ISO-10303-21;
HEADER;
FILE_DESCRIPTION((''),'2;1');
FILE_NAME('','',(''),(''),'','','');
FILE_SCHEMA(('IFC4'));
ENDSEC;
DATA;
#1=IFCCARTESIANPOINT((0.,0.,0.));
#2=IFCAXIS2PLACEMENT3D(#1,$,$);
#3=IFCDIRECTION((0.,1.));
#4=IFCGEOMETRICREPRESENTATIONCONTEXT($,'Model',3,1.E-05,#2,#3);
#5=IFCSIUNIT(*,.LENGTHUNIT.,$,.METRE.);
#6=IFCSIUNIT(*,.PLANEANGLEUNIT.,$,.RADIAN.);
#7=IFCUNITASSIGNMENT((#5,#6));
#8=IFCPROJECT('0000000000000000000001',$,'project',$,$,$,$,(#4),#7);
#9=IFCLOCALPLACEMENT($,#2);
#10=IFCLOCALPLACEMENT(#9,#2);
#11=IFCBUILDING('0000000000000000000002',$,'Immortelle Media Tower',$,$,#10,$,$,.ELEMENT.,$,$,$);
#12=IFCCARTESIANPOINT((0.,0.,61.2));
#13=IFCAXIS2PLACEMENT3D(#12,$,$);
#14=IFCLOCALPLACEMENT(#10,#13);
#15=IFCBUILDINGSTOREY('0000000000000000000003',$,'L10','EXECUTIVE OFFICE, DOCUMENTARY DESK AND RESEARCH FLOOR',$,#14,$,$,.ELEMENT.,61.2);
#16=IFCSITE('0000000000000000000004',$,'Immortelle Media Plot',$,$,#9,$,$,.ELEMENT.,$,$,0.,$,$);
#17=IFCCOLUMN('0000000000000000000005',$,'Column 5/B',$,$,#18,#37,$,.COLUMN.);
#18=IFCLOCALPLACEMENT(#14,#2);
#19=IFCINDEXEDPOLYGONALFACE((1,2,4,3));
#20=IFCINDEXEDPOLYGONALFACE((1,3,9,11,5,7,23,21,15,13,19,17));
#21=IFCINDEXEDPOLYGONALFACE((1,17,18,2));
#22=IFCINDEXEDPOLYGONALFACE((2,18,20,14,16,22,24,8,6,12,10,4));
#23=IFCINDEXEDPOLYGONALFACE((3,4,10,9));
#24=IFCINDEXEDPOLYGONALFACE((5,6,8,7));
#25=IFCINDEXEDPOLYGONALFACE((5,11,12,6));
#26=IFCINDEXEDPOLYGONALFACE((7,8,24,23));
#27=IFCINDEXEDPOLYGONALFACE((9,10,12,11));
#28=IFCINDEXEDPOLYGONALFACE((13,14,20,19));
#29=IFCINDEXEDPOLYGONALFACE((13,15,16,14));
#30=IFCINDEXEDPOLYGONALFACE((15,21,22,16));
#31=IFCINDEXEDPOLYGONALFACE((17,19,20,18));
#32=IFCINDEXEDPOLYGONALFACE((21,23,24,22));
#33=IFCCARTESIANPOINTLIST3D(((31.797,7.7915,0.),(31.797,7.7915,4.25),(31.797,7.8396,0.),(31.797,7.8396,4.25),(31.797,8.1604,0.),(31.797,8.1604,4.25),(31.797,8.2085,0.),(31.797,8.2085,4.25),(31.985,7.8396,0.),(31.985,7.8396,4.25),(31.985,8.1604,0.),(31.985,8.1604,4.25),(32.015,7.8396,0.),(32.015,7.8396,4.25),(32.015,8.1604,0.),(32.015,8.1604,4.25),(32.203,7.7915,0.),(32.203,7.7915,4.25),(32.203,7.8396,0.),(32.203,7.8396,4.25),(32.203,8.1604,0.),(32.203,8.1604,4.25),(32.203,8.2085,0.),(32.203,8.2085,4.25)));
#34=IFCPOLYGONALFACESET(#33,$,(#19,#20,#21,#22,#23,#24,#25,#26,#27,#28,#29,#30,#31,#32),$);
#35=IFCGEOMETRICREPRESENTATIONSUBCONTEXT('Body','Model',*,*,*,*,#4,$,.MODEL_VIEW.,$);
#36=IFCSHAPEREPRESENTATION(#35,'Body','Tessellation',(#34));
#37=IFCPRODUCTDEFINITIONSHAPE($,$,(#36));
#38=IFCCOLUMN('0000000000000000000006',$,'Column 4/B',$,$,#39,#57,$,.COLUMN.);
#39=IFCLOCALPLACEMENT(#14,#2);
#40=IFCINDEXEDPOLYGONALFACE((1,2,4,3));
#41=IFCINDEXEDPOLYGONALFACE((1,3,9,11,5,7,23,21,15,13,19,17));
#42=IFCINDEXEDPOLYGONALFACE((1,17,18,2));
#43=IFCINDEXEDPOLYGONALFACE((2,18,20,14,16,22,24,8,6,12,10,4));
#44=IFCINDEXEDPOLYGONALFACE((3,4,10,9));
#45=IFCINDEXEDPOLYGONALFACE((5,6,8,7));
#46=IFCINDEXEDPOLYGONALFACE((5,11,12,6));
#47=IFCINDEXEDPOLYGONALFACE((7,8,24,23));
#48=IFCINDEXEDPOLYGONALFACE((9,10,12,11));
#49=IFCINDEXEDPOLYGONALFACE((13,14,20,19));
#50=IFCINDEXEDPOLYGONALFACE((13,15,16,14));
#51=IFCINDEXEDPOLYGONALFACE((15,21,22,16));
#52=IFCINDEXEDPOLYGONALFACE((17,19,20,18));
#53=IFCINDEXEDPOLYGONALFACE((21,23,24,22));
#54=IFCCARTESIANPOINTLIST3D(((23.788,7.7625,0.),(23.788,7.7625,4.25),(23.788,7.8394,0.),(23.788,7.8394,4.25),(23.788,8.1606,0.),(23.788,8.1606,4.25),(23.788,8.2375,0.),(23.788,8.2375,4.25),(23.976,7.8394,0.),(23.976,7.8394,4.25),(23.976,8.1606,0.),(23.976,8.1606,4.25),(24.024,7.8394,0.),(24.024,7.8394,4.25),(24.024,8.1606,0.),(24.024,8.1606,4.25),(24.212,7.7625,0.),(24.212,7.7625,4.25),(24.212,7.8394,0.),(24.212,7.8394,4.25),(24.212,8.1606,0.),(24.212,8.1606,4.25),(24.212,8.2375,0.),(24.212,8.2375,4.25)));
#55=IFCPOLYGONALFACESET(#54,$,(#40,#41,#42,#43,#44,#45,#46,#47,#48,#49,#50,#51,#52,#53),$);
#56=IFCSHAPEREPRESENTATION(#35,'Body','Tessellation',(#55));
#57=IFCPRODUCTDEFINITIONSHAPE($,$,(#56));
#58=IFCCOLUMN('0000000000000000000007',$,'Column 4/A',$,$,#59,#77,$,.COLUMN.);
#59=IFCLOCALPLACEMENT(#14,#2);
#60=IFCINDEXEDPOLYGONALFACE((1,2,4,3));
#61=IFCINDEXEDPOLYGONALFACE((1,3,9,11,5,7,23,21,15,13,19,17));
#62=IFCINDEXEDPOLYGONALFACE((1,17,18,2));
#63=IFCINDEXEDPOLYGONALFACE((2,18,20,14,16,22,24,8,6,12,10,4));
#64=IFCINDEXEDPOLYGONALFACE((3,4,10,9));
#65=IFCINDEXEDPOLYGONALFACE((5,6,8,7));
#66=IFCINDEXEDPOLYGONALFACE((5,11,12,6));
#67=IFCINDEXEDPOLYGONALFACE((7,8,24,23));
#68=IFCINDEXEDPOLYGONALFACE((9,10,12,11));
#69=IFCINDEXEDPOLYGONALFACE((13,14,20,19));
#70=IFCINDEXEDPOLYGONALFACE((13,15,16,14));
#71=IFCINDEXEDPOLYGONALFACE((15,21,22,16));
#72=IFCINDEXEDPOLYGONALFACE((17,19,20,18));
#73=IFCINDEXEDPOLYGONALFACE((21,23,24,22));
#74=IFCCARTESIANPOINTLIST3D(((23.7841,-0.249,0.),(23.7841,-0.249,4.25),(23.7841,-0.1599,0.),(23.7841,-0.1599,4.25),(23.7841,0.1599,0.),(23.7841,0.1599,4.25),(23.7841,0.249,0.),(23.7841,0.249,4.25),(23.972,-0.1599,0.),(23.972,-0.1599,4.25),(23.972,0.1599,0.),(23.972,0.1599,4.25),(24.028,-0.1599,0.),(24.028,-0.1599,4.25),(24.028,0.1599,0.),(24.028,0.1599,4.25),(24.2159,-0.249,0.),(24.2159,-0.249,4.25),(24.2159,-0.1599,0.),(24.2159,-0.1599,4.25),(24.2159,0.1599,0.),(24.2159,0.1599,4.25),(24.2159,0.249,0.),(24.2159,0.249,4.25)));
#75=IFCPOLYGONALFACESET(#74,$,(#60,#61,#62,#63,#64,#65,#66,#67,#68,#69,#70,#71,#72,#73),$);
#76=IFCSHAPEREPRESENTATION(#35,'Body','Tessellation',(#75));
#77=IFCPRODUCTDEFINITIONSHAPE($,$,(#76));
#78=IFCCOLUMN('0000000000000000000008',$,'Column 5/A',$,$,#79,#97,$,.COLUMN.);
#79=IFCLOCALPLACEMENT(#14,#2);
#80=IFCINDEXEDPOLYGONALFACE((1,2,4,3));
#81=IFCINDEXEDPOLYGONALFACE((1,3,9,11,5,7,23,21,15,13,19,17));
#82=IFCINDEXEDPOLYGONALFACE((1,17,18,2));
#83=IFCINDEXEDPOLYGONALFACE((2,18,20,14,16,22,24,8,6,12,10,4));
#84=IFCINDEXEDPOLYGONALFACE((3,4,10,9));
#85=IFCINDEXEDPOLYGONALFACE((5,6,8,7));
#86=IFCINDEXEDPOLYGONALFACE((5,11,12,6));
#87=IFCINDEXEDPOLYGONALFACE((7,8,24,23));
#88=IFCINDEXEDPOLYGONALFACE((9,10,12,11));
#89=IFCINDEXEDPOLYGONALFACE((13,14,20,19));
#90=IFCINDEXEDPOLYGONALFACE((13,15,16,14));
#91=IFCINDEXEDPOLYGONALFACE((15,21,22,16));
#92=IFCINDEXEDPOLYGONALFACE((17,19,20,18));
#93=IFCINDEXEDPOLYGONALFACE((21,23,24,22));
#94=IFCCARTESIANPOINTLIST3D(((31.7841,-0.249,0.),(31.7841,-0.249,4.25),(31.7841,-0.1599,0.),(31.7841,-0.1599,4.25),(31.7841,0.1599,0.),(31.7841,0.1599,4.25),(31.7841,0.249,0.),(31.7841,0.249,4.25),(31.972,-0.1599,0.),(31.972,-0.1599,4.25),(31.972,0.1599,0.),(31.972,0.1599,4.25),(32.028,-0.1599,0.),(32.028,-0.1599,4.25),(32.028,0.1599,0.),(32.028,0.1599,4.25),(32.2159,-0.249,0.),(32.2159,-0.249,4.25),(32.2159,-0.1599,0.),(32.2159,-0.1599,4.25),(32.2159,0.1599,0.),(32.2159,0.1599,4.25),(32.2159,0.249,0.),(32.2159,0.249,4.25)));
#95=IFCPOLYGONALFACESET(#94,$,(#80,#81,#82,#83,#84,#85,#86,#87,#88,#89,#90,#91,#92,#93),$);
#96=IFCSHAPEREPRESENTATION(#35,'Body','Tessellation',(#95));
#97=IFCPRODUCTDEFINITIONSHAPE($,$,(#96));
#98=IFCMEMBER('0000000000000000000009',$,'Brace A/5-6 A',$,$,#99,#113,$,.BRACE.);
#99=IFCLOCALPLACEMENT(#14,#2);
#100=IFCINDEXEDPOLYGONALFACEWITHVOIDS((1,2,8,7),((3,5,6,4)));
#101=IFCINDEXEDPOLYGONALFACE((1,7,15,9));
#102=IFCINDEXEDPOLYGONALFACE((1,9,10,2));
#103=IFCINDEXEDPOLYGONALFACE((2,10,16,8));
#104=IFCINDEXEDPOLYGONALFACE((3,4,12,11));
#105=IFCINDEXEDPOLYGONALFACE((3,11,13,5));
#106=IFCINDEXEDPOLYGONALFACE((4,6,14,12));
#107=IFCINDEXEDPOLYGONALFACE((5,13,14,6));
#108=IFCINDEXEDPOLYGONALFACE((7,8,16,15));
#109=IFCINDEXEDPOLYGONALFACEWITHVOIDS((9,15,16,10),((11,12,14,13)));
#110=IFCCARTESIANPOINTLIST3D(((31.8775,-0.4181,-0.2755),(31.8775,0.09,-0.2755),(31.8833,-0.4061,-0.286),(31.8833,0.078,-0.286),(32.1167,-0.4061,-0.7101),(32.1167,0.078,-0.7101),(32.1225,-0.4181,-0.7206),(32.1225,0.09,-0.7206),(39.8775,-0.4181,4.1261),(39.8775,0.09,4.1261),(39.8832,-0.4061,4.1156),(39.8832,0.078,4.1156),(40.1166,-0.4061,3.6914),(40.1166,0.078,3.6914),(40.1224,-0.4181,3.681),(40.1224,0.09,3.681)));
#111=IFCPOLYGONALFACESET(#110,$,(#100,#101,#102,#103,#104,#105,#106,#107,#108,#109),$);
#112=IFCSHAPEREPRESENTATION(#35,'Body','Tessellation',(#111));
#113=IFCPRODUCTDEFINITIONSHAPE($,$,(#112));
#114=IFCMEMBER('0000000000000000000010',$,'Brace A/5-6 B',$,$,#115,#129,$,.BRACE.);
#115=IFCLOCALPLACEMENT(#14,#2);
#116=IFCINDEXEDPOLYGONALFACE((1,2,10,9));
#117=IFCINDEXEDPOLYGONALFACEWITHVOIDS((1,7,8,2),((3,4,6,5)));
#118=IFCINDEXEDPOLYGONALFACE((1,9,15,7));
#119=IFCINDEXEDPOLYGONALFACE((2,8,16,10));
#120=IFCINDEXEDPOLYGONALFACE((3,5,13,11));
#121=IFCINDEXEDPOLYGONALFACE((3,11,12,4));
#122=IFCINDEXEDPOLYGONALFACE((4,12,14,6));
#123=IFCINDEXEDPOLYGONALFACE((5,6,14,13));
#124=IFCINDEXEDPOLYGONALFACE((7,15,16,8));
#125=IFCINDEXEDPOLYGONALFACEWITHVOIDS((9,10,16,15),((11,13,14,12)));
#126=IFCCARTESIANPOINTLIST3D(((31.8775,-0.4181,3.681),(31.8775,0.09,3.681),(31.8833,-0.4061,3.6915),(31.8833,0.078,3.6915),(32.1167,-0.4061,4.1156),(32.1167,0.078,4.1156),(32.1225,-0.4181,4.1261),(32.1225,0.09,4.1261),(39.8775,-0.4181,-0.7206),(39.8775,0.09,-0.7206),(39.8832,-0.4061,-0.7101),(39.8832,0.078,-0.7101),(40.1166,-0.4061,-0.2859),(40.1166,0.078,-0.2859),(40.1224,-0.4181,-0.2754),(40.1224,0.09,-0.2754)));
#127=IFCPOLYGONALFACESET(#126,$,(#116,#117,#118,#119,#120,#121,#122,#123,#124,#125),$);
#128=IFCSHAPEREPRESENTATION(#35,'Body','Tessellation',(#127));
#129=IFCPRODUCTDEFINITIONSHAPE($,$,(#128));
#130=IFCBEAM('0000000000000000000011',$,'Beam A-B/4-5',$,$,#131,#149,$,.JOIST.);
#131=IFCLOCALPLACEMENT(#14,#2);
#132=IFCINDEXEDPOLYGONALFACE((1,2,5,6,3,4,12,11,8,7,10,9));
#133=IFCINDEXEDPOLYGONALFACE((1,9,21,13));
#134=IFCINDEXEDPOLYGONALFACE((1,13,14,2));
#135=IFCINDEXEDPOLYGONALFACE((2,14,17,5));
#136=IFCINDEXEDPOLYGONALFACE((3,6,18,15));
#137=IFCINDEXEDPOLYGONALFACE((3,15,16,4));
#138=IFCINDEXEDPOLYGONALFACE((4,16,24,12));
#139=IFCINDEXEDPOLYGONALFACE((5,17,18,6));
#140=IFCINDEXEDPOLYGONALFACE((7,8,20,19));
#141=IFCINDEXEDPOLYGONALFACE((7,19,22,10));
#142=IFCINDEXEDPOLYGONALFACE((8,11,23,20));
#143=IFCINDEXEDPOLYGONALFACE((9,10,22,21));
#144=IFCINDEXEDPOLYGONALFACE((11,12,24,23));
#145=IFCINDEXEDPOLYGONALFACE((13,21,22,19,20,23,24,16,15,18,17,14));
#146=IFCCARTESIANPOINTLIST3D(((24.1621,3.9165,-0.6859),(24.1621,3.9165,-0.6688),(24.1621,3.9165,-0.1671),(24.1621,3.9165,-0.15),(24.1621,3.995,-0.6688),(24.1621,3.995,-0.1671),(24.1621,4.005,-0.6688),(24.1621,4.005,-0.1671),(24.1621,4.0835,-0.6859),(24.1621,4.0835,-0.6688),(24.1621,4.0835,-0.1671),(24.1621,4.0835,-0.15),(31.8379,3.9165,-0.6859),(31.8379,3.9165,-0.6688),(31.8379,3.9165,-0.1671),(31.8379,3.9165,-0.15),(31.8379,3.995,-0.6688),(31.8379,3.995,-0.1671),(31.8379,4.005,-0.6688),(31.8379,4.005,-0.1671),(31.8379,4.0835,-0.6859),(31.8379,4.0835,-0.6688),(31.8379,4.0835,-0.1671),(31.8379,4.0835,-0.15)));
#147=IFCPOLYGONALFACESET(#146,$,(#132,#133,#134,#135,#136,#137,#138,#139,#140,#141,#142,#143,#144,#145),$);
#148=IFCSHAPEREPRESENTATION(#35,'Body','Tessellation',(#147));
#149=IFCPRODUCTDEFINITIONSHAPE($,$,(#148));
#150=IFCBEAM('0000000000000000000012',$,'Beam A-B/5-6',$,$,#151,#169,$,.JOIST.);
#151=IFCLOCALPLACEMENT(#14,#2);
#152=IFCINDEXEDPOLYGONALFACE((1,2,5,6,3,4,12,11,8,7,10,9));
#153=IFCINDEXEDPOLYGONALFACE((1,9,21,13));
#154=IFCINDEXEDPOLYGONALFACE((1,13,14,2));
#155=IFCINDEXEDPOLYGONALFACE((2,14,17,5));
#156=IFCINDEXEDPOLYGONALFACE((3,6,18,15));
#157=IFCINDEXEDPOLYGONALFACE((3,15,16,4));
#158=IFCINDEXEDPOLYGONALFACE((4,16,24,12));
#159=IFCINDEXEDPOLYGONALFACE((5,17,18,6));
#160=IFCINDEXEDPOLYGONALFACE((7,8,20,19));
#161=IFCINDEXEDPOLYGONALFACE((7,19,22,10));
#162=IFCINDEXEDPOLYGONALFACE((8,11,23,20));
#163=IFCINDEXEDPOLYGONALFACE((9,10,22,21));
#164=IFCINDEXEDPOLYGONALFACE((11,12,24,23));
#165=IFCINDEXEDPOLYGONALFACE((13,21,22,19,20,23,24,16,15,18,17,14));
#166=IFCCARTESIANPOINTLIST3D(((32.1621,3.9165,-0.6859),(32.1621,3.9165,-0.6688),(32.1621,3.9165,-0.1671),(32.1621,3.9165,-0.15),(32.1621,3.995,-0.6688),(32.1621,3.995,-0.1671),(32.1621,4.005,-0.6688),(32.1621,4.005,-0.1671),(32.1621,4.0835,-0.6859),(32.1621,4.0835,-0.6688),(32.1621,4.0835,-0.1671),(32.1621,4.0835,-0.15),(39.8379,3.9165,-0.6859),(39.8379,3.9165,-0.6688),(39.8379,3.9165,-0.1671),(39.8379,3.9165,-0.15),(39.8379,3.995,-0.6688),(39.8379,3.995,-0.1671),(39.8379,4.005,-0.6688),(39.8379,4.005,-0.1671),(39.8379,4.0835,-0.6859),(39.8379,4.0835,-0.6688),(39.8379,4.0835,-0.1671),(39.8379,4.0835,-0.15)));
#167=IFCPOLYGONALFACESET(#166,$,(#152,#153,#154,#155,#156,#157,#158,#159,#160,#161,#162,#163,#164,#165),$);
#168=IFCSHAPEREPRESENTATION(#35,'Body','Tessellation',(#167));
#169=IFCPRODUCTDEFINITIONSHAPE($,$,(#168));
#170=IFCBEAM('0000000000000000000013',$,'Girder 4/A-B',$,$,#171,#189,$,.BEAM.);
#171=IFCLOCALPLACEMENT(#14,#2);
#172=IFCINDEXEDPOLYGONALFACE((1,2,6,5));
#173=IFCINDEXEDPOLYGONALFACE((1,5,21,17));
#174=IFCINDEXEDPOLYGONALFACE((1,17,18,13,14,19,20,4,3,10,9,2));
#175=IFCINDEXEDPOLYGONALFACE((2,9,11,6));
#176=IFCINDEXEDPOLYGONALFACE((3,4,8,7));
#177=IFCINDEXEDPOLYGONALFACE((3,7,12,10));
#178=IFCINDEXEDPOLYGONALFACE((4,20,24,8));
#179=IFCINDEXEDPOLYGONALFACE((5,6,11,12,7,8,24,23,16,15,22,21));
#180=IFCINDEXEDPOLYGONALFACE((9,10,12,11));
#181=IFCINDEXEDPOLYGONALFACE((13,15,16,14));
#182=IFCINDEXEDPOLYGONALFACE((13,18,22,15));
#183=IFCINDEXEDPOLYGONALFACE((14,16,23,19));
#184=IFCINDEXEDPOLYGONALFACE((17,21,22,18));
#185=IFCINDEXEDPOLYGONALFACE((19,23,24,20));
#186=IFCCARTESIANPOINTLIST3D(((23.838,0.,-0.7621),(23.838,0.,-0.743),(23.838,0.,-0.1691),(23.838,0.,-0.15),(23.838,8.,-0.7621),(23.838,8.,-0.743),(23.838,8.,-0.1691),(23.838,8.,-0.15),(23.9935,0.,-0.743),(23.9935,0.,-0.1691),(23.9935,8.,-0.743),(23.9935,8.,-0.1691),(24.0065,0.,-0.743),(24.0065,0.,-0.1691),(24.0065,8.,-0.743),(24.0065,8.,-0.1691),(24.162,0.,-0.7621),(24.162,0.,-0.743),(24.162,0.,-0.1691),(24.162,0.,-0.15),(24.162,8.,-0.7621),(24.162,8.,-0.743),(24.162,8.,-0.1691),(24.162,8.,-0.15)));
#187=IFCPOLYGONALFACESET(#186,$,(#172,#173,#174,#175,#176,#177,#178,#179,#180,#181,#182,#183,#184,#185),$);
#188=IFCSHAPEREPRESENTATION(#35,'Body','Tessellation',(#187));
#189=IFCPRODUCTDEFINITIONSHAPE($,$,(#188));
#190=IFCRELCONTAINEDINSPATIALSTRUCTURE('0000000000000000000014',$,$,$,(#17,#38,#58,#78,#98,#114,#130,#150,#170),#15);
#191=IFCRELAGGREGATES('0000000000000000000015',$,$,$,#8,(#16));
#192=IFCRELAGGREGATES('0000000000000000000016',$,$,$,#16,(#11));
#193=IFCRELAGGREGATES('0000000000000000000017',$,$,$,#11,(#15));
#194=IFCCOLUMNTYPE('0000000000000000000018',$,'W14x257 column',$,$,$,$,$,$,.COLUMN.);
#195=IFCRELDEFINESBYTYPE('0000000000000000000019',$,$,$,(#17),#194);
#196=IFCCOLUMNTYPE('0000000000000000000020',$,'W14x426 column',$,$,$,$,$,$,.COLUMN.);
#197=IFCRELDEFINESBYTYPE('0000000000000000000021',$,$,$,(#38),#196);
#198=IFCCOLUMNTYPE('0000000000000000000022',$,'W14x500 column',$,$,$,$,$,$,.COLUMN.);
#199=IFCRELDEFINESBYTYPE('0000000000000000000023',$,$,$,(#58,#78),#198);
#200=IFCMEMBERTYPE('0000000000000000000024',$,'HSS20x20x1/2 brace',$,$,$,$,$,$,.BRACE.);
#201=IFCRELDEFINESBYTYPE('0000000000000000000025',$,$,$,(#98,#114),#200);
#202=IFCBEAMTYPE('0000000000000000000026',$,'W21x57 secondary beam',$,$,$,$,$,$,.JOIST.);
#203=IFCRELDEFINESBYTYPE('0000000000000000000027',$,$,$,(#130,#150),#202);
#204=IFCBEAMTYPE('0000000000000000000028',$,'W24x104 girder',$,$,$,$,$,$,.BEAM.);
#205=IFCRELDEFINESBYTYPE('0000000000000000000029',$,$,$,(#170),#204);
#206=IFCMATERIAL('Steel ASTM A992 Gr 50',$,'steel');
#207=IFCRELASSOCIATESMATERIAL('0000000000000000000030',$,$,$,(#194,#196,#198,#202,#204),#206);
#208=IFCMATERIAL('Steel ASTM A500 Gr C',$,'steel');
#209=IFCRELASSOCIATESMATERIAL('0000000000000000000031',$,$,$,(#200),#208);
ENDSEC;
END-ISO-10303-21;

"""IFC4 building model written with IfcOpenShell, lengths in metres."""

from ifc_helpers import new_model, si_unit, direction, frame, origin, origin_2d, place, context, subcontext, project, spatial, hollow_rectangle, i_section, extrude, material, material_profile, profile_set, type_object, element, save


model = new_model("IFC4")

# Units and contexts
model_context = context("Model", 3, precision=1e-05, world=origin(), true_north=direction((0.0, 1.0)))
body_context = subcontext(model_context, "Body", "Model", "MODEL_VIEW")
ifc_project = project(units=[si_unit("LENGTHUNIT", "METRE"), si_unit("PLANEANGLEUNIT", "RADIAN")], contexts=[model_context])

# Site, building, storey
site_placement = place(None, origin())
site = spatial("IfcSite", under=ifc_project, at=site_placement, Name="Immortelle Media Plot", CompositionType="ELEMENT", RefElevation=0.0)
building_placement = place(site_placement, origin())
building = spatial("IfcBuilding", under=site, at=building_placement, Name="Immortelle Media Tower", CompositionType="ELEMENT")
storey_placement = place(building_placement, frame((0.0, 0.0, 61.2)))
storey = spatial("IfcBuildingStorey", under=building, at=storey_placement, Name="L10", Description="EXECUTIVE OFFICE, DOCUMENTARY DESK AND RESEARCH FLOOR", CompositionType="ELEMENT", Elevation=61.2)

# Columns
ifc_material_1 = material(Name="Steel ASTM A992 Gr 50", Category="steel")
ifc_material_profile_1 = material_profile(ifc_material_1, i_section(OverallWidth=0.406, OverallDepth=0.417, WebThickness=0.03, FlangeThickness=0.0481, at=origin_2d()), Name="W14x257")
ifc_profile_set_1 = profile_set([ifc_material_profile_1], Name="Steel ASTM A992 Gr 50")
column_type_1 = type_object("IfcColumnType", Name="W14x257 column", PredefinedType="COLUMN", material=ifc_profile_set_1)
column_1_placement = place(storey_placement, frame((32.0, 8.0, 0.0), z_axis=(0.0, 0.0, 1.0), x_axis=(1.0, 0.0, 0.0)))
element("IfcColumn", 1, at=column_1_placement, inside=storey, type_object=column_type_1, Name="Column 5/B", PredefinedType="COLUMN", context=body_context, shape_type="SweptSolid", body=[
    extrude(i_section(OverallWidth=0.406, OverallDepth=0.417, WebThickness=0.03, FlangeThickness=0.0481, at=origin_2d()), origin(), (0.0, 0.0, 1.0), 4.25),
])
ifc_material_profile_2 = material_profile(ifc_material_1, i_section(OverallWidth=0.4241, OverallDepth=0.4751, WebThickness=0.0481, FlangeThickness=0.0769, at=origin_2d()), Name="W14x426")
ifc_profile_set_2 = profile_set([ifc_material_profile_2], Name="Steel ASTM A992 Gr 50")
column_type_2 = type_object("IfcColumnType", Name="W14x426 column", PredefinedType="COLUMN", material=ifc_profile_set_2)
column_2_placement = place(storey_placement, frame((24.0, 8.0, 0.0), z_axis=(0.0, 0.0, 1.0), x_axis=(1.0, 0.0, 0.0)))
element("IfcColumn", 2, at=column_2_placement, inside=storey, type_object=column_type_2, Name="Column 4/B", PredefinedType="COLUMN", context=body_context, shape_type="SweptSolid", body=[
    extrude(i_section(OverallWidth=0.4241, OverallDepth=0.4751, WebThickness=0.0481, FlangeThickness=0.0769, at=origin_2d()), origin(), (0.0, 0.0, 1.0), 4.25),
])
ifc_material_profile_3 = material_profile(ifc_material_1, i_section(OverallWidth=0.4319, OverallDepth=0.498, WebThickness=0.0559, FlangeThickness=0.0891, at=origin_2d()), Name="W14x500")
ifc_profile_set_3 = profile_set([ifc_material_profile_3], Name="Steel ASTM A992 Gr 50")
column_type_3 = type_object("IfcColumnType", Name="W14x500 column", PredefinedType="COLUMN", material=ifc_profile_set_3)
for number, where, z_axis, x_axis, name in (
    (3, (24.0, 0.0, 0.0), (0.0, 0.0, 1.0), (1.0, 0.0, 0.0), "Column 4/A"),
    (4, (32.0, 0.0, 0.0), (0.0, 0.0, 1.0), (1.0, 0.0, 0.0), "Column 5/A"),
):
    element("IfcColumn", number, at=place(storey_placement, frame(where, z_axis=z_axis, x_axis=x_axis)), inside=storey, type_object=column_type_3, Name=name, PredefinedType="COLUMN", context=body_context, shape_type="SweptSolid", body=[
        extrude(i_section(OverallWidth=0.4319, OverallDepth=0.498, WebThickness=0.0559, FlangeThickness=0.0891, at=origin_2d()), origin(), (0.0, 0.0, 1.0), 4.25),
    ])

# Members
ifc_material_2 = material(Name="Steel ASTM A500 Gr C", Category="steel")
ifc_material_profile_4 = material_profile(ifc_material_2, hollow_rectangle(XDim=0.5081, YDim=0.5081, WallThickness=0.012, at=origin_2d()), Name="HSS20x20x1/2 brace")
ifc_profile_set_4 = profile_set([ifc_material_profile_4], Name="Steel ASTM A500 Gr C")
member_type = type_object("IfcMemberType", Name="HSS20x20x1/2 brace", PredefinedType="BRACE", material=ifc_profile_set_4)
for number, where, z_axis, x_axis, name in (
    (5, (32.0, -0.1641, -0.498), (0.876141, 0.0, 0.482054), (0.0, 1.0, 0.0), "Brace A/5-6 A"),
    (6, (32.0, -0.1641, 3.9036), (0.876141, 0.0, -0.482054), (0.0, 1.0, 0.0), "Brace A/5-6 B"),
):
    element("IfcMember", number, at=place(storey_placement, frame(where, z_axis=z_axis, x_axis=x_axis)), inside=storey, type_object=member_type, Name=name, PredefinedType="BRACE", context=body_context, shape_type="SweptSolid", body=[
        extrude(hollow_rectangle(XDim=0.5081, YDim=0.5081, WallThickness=0.012, at=origin_2d()), origin(), (0.0, 0.0, 1.0), 9.1309),
    ])

# Beams
ifc_material_profile_5 = material_profile(ifc_material_1, i_section(OverallWidth=0.167, OverallDepth=0.5359, WebThickness=0.01, FlangeThickness=0.0171, at=origin_2d()), Name="W21x57")
ifc_profile_set_5 = profile_set([ifc_material_profile_5], Name="Steel ASTM A992 Gr 50")
beam_type_1 = type_object("IfcBeamType", Name="W21x57 secondary beam", PredefinedType="JOIST", material=ifc_profile_set_5)
for number, where, z_axis, x_axis, name in (
    (7, (24.1621, 4.0, -0.418), (1.0, 0.0, 0.0), (0.0, 1.0, 0.0), "Beam A-B/4-5"),
    (8, (32.1621, 4.0, -0.418), (1.0, 0.0, 0.0), (0.0, 1.0, 0.0), "Beam A-B/5-6"),
):
    element("IfcBeam", number, at=place(storey_placement, frame(where, z_axis=z_axis, x_axis=x_axis)), inside=storey, type_object=beam_type_1, Name=name, PredefinedType="JOIST", context=body_context, shape_type="SweptSolid", body=[
        extrude(i_section(OverallWidth=0.167, OverallDepth=0.5359, WebThickness=0.01, FlangeThickness=0.0171, at=origin_2d()), origin(), (0.0, 0.0, 1.0), 7.6758),
    ])
ifc_material_profile_6 = material_profile(ifc_material_1, i_section(OverallWidth=0.324, OverallDepth=0.6121, WebThickness=0.0129, FlangeThickness=0.019, at=origin_2d()), Name="W24x104")
ifc_profile_set_6 = profile_set([ifc_material_profile_6], Name="Steel ASTM A992 Gr 50")
beam_type_2 = type_object("IfcBeamType", Name="W24x104 girder", PredefinedType="BEAM", material=ifc_profile_set_6)
for number, where, z_axis, x_axis, name in (
    (9, (24.0, 0.0, -0.4561), (0.0, 1.0, 0.0), (-1.0, 0.0, 0.0), "Girder 4/A-B"),
):
    element("IfcBeam", number, at=place(storey_placement, frame(where, z_axis=z_axis, x_axis=x_axis)), inside=storey, type_object=beam_type_2, Name=name, PredefinedType="BEAM", context=body_context, shape_type="SweptSolid", body=[
        extrude(i_section(OverallWidth=0.324, OverallDepth=0.6121, WebThickness=0.0129, FlangeThickness=0.019, at=origin_2d()), origin(), (0.0, 0.0, 1.0), 8.0),
    ])

save(model, "model.ifc")
